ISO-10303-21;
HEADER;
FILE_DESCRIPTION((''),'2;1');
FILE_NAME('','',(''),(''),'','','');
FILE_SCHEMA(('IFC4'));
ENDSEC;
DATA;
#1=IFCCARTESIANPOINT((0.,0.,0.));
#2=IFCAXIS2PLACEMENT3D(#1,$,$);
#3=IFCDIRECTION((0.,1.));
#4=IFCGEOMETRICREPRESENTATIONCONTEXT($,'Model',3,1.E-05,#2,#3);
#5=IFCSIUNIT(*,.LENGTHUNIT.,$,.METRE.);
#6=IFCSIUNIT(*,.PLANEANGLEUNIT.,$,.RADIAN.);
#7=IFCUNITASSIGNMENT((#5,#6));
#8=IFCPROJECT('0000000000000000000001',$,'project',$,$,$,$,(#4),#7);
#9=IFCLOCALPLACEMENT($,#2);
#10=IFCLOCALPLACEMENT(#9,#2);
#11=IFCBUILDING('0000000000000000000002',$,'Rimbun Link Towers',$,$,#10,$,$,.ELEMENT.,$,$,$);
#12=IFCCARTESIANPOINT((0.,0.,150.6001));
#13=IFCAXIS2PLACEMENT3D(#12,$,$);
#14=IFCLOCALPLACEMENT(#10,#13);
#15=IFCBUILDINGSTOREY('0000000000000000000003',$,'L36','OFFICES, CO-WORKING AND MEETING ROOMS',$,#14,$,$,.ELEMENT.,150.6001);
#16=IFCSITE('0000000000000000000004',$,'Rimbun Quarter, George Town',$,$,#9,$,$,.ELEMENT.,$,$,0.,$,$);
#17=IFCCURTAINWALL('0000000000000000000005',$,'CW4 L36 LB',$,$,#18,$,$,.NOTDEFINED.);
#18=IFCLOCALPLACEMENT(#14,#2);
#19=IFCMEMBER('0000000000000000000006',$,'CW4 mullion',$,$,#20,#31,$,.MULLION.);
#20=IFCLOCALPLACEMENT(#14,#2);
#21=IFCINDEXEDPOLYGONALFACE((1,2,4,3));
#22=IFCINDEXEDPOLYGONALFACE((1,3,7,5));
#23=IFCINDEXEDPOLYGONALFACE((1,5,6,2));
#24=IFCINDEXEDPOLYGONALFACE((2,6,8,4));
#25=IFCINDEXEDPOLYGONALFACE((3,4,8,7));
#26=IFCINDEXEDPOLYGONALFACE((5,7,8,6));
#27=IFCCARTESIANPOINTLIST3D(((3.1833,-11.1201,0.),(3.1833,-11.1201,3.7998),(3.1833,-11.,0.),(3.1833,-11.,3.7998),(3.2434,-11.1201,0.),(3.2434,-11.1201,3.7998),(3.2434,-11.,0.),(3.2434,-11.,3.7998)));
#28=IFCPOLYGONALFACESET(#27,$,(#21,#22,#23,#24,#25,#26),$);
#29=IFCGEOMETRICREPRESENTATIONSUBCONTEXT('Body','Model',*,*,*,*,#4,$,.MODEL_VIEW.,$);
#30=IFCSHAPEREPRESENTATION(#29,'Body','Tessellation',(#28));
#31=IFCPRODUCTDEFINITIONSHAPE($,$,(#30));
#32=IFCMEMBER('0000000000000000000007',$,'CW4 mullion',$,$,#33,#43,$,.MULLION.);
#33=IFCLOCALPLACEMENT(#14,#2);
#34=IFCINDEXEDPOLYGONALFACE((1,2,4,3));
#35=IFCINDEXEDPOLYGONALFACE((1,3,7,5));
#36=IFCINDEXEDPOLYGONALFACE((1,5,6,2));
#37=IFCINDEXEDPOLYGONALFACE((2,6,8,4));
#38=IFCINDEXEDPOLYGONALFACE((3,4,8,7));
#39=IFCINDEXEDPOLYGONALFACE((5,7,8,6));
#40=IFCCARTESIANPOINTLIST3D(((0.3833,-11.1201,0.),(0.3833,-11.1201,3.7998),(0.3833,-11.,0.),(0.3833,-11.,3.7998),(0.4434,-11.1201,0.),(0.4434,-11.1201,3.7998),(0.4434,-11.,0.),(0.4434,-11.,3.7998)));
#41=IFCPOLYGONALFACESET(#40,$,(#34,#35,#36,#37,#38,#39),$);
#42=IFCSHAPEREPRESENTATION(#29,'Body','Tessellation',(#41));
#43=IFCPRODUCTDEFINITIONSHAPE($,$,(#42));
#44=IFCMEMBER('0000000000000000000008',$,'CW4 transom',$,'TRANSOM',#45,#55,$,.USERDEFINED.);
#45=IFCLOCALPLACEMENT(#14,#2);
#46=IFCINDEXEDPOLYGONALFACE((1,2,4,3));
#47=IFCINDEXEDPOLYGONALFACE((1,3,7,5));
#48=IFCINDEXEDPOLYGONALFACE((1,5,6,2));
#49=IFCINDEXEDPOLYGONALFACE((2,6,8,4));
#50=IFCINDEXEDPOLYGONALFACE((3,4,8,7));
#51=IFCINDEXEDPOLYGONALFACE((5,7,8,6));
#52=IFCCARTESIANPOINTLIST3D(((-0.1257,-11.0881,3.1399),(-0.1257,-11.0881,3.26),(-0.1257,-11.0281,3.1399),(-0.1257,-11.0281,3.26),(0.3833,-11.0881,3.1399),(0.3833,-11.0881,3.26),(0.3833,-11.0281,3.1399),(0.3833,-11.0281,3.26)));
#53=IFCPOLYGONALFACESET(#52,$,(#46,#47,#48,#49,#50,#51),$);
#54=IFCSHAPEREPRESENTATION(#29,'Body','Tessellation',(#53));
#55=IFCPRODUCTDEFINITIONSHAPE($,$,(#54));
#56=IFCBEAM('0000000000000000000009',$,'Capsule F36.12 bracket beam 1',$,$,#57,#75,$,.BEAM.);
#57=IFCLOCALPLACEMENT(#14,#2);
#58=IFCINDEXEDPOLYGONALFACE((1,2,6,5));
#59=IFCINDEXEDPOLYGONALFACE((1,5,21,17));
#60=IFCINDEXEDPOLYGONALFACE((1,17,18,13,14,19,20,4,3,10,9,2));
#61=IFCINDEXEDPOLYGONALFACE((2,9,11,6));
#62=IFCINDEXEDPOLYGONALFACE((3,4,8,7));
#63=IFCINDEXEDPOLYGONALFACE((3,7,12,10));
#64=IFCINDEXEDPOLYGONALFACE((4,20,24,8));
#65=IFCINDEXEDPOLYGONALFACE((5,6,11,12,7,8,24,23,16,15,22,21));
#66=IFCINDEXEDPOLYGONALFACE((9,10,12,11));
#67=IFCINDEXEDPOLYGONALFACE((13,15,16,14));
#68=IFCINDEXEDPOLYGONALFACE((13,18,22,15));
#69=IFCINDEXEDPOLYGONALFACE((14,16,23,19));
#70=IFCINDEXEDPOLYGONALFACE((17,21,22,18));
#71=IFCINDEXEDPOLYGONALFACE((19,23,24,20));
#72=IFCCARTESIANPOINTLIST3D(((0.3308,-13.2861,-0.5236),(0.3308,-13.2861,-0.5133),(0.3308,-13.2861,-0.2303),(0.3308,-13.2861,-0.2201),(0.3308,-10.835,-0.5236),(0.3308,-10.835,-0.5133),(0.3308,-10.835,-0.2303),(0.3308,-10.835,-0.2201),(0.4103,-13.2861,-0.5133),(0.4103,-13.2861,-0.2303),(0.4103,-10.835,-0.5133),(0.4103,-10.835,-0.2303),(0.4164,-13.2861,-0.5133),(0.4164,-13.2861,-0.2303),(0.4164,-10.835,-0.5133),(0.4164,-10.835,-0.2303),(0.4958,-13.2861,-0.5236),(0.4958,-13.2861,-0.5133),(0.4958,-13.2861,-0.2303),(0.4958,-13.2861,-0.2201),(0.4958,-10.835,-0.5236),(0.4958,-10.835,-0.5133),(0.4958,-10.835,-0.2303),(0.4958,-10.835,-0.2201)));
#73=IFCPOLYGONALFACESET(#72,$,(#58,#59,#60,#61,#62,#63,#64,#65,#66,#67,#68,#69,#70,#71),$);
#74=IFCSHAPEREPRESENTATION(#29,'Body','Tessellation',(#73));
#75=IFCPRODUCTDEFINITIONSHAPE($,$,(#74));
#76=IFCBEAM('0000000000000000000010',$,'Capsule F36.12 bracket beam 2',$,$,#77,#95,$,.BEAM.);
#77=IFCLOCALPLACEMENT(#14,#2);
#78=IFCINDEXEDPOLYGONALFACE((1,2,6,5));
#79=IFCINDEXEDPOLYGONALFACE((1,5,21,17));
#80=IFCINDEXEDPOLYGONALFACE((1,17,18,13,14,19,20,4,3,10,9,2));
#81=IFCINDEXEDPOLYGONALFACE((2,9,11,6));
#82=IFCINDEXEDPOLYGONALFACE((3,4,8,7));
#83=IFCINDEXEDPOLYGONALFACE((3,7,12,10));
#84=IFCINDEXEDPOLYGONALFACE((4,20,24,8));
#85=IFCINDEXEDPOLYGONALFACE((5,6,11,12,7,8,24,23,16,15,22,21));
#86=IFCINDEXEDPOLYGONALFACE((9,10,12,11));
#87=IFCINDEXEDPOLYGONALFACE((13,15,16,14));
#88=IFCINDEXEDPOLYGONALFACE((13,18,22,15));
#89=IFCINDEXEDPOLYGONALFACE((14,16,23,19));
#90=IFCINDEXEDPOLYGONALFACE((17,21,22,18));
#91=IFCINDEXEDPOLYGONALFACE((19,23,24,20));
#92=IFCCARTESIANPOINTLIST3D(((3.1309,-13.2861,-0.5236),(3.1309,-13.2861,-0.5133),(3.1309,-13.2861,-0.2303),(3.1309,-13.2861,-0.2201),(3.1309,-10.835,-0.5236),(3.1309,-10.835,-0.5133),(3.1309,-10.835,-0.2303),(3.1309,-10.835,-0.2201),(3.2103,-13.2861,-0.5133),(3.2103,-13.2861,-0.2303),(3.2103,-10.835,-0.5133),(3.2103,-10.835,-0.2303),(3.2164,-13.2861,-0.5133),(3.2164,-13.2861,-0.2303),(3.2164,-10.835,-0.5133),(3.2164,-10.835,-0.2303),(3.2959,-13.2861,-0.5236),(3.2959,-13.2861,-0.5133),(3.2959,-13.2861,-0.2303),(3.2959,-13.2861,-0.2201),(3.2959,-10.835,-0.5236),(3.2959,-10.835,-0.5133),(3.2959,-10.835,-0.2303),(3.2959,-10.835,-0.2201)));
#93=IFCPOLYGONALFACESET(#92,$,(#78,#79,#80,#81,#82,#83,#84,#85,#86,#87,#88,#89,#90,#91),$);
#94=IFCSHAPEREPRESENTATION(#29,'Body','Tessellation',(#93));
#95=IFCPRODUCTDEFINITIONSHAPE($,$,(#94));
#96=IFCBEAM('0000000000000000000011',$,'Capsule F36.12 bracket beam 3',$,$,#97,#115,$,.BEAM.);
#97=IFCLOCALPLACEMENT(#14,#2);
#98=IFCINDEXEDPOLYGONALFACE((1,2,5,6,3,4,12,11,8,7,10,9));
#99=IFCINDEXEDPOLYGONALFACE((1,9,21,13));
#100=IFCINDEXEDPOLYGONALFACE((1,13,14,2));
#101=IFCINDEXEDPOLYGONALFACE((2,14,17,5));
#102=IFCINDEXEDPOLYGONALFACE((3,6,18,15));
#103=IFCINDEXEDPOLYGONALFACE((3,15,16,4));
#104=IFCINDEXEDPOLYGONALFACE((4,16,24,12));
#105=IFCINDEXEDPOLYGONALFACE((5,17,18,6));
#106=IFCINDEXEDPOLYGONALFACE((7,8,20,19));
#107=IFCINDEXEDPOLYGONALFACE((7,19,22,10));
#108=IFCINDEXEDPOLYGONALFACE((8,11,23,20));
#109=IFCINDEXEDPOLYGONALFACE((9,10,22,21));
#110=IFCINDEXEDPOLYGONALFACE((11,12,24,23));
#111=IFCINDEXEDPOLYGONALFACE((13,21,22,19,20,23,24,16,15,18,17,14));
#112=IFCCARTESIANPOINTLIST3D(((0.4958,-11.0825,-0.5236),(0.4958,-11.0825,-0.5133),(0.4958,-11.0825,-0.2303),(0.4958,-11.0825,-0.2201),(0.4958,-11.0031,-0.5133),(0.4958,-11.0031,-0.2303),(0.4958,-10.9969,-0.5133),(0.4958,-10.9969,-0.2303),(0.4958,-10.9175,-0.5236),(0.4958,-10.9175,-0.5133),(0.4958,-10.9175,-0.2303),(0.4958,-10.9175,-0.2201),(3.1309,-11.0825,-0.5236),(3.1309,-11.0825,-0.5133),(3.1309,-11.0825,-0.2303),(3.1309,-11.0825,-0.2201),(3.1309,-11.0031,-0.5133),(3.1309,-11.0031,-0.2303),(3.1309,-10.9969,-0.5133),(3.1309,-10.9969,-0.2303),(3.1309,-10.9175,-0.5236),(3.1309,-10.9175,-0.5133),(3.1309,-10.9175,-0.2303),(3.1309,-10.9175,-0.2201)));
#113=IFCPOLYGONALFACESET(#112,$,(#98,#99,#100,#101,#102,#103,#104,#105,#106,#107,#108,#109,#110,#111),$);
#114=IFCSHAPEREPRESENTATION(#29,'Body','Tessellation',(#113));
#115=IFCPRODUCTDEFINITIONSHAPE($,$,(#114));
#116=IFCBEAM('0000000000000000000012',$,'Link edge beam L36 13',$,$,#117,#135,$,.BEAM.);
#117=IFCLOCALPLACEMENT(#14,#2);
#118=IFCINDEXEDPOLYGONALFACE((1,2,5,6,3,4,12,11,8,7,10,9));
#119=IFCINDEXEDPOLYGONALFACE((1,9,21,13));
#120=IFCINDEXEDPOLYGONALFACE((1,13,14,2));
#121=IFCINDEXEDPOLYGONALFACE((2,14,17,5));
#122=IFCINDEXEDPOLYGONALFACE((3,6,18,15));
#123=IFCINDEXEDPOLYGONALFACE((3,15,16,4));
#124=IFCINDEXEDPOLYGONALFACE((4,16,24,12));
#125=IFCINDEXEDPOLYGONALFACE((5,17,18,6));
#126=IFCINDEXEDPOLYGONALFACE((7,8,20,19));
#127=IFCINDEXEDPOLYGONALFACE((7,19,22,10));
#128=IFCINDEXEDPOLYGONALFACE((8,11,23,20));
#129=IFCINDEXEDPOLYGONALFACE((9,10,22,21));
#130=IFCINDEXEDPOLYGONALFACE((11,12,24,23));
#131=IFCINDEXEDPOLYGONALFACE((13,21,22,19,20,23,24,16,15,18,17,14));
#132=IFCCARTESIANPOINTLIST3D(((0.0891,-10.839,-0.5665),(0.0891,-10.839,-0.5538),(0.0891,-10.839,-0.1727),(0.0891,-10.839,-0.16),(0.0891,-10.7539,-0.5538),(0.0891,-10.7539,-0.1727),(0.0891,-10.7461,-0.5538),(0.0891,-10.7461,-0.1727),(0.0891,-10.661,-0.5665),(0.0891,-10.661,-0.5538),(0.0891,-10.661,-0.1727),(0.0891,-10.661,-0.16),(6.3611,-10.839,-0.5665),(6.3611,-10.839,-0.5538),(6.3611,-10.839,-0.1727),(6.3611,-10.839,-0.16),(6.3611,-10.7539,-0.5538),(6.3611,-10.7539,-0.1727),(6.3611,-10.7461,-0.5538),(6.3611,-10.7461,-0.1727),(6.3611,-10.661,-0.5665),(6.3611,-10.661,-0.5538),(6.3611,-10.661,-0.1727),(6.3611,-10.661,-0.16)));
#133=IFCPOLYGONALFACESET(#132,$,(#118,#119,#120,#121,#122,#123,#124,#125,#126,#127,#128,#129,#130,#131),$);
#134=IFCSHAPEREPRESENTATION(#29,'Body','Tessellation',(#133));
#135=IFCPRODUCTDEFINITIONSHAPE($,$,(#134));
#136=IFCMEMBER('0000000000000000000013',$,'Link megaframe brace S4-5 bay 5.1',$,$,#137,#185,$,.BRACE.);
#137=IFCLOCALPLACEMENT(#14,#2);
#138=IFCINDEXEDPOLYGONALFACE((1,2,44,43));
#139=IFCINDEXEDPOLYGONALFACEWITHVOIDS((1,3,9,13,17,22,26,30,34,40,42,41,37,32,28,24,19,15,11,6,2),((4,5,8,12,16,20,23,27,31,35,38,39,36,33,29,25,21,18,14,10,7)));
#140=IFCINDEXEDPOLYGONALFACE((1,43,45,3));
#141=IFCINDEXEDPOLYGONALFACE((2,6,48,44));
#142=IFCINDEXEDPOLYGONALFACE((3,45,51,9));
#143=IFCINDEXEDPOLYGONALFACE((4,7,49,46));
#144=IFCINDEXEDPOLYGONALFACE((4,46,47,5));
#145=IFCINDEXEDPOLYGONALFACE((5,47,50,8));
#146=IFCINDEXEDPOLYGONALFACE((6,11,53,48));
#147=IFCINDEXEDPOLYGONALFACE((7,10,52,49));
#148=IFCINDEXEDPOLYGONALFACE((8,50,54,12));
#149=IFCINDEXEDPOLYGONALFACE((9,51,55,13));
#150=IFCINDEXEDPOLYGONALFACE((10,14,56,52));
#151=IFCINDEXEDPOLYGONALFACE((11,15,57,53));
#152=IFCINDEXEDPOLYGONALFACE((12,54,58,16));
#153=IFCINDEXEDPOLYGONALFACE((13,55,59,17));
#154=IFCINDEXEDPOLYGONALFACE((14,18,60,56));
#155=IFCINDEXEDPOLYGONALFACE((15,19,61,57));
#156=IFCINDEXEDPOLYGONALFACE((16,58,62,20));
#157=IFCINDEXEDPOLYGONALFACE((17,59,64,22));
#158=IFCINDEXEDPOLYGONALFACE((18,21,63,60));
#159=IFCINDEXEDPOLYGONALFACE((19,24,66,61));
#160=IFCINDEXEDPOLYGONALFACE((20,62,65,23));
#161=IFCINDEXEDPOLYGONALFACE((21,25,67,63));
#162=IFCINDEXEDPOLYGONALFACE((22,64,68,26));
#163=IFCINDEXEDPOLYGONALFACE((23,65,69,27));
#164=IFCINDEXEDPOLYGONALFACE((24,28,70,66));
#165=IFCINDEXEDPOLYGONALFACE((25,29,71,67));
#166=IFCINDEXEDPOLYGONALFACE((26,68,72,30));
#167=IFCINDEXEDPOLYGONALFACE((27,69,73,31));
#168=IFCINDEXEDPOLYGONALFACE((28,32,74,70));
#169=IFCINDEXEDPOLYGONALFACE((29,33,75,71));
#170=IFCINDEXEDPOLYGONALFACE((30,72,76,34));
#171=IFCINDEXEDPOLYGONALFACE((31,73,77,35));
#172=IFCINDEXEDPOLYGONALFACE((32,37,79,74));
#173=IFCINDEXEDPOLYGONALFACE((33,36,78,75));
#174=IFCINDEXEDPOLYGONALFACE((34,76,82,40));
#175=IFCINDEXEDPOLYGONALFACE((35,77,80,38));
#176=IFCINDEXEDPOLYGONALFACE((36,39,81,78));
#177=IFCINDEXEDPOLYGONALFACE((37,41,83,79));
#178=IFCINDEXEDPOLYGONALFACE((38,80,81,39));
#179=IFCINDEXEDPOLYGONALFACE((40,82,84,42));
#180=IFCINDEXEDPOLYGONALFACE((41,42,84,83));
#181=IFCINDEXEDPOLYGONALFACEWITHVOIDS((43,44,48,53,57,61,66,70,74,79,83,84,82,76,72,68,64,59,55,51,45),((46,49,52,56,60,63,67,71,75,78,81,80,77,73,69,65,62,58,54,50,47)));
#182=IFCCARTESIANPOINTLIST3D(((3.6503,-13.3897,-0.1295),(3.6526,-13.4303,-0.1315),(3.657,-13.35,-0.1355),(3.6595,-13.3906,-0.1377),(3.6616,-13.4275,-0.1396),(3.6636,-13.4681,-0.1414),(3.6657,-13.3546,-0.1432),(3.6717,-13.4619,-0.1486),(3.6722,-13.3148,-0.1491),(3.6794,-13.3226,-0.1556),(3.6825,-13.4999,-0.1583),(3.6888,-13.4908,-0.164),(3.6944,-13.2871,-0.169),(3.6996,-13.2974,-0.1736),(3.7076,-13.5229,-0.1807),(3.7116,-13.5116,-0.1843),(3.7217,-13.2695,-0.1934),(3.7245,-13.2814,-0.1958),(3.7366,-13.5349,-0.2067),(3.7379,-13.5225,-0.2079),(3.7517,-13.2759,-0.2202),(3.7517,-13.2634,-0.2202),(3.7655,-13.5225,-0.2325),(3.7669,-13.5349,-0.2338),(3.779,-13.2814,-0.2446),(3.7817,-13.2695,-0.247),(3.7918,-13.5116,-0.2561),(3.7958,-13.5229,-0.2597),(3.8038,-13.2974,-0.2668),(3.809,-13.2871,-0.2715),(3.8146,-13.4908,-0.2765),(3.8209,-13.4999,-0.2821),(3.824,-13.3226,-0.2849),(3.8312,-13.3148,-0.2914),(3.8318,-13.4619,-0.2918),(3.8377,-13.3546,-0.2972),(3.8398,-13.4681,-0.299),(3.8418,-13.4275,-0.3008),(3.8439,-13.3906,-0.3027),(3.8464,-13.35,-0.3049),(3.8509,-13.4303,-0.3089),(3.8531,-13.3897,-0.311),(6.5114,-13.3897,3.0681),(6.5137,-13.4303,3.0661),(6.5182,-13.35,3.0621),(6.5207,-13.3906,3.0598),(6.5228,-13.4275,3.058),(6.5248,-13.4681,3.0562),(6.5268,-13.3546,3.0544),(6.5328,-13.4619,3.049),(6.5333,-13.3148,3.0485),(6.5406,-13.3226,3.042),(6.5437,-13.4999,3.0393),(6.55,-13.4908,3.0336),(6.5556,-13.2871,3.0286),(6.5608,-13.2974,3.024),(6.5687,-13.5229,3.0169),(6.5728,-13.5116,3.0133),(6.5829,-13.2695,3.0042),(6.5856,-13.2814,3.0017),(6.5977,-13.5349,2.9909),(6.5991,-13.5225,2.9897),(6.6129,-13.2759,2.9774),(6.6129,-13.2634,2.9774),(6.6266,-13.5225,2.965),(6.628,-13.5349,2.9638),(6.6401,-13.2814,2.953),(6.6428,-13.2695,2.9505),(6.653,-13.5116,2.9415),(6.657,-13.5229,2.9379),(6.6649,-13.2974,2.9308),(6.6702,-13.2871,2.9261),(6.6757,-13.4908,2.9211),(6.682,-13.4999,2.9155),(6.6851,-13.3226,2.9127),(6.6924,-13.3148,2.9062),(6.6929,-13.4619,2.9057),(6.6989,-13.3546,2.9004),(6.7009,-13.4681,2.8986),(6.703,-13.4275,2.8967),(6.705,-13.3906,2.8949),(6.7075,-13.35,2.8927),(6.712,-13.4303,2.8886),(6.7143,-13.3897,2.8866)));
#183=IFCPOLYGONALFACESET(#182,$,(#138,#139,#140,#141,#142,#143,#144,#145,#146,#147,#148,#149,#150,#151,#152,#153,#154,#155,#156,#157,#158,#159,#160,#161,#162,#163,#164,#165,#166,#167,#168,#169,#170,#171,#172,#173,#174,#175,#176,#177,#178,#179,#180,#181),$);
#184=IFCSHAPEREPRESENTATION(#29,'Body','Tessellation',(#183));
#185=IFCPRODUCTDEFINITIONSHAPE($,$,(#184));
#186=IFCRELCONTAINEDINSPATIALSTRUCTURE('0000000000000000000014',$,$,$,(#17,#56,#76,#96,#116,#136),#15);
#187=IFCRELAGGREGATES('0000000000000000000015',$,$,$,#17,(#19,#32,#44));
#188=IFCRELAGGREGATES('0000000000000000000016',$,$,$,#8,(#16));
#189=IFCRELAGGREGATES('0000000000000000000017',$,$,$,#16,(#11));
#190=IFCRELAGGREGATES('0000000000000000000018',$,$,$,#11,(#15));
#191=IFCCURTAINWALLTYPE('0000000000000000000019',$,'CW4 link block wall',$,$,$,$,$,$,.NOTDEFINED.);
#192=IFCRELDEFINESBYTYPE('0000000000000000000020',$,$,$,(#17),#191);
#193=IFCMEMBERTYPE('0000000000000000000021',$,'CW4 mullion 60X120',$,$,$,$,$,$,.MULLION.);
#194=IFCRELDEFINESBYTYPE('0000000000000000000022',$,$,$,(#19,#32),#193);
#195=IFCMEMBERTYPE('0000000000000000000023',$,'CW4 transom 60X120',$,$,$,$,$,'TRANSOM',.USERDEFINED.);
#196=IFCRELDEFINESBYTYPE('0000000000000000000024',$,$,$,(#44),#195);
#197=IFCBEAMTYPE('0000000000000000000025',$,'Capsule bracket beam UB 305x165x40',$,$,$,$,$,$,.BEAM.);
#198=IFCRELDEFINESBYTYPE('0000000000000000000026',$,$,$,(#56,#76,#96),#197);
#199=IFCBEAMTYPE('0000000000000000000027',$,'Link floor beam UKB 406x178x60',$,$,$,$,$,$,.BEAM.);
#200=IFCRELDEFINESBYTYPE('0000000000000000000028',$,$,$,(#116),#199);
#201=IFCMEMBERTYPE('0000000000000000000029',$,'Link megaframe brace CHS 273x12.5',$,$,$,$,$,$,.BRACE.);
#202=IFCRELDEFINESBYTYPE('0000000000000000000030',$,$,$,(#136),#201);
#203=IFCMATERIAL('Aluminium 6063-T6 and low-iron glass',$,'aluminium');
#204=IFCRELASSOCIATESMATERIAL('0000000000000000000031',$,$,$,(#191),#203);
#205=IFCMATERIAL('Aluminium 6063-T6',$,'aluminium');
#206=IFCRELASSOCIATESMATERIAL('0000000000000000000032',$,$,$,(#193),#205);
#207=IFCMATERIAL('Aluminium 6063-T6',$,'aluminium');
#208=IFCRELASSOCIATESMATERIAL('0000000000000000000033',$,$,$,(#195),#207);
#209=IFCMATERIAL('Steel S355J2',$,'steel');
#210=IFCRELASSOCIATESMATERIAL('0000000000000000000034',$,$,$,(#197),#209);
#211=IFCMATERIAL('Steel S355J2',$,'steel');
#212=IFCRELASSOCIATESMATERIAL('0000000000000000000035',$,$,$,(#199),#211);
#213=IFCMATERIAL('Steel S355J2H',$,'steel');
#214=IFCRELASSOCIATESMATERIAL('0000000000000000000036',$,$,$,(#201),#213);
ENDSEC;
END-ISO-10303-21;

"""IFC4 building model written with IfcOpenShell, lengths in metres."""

from ifc_helpers import new_model, si_unit, direction, frame, origin, origin_2d, place, context, subcontext, project, spatial, rectangle, hollow_circle, i_section, extrude, material, material_profile, profile_set, type_object, element, aggregate, save


model = new_model("IFC4")

# Units and contexts
model_context = context("Model", 3, precision=1e-05, world=origin(), true_north=direction((0.0, 1.0)))
body_context = subcontext(model_context, "Body", "Model", "MODEL_VIEW")
ifc_project = project(units=[si_unit("LENGTHUNIT", "METRE"), si_unit("PLANEANGLEUNIT", "RADIAN")], contexts=[model_context])

# Site, building, storey
site_placement = place(None, origin())
site = spatial("IfcSite", under=ifc_project, at=site_placement, Name="Rimbun Quarter, George Town", CompositionType="ELEMENT", RefElevation=0.0)
building_placement = place(site_placement, origin())
building = spatial("IfcBuilding", under=site, at=building_placement, Name="Rimbun Link Towers", CompositionType="ELEMENT")
storey_placement = place(building_placement, frame((0.0, 0.0, 150.6001)))
storey = spatial("IfcBuildingStorey", under=building, at=storey_placement, Name="L36", Description="OFFICES, CO-WORKING AND MEETING ROOMS", CompositionType="ELEMENT", Elevation=150.6001)

# Curtain wall, members
ifc_material_1 = material(Name="Aluminium 6063-T6 and low-iron glass", Category="aluminium")
curtain_wall_type = type_object("IfcCurtainWallType", Name="CW4 link block wall", PredefinedType="NOTDEFINED", material=ifc_material_1)
curtain_wall_placement = place(storey_placement, origin())
curtain_wall = element("IfcCurtainWall", 1, at=curtain_wall_placement, inside=storey, type_object=curtain_wall_type, Name="CW4 L36 LB", PredefinedType="NOTDEFINED")
ifc_material_2 = material(Name="Aluminium 6063-T6", Category="aluminium")
ifc_material_profile_1 = material_profile(ifc_material_2, rectangle(XDim=0.1201, YDim=0.0601, at=origin_2d()), Name="MULLION 60X120")
ifc_profile_set_1 = profile_set([ifc_material_profile_1], Name="Aluminium 6063-T6")
member_type_1 = type_object("IfcMemberType", Name="CW4 mullion 60X120", PredefinedType="MULLION", material=ifc_profile_set_1)
member_1_placement = place(storey_placement, frame((3.2134, -11.0601, 0.0), z_axis=(0.0, 0.0, 1.0), x_axis=(0.0, -1.0, 0.0)))
member_1 = element("IfcMember", 2, at=member_1_placement, type_object=member_type_1, Name="CW4 mullion", PredefinedType="MULLION", context=body_context, shape_type="SweptSolid", body=[
    extrude(rectangle(XDim=0.1201, YDim=0.0601, at=origin_2d()), origin(), (0.0, 0.0, 1.0), 3.7998),
])
member_2_placement = place(storey_placement, frame((0.4133, -11.0601, 0.0), z_axis=(0.0, 0.0, 1.0), x_axis=(0.0, -1.0, 0.0)))
member_2 = element("IfcMember", 3, at=member_2_placement, type_object=member_type_1, Name="CW4 mullion", PredefinedType="MULLION", context=body_context, shape_type="SweptSolid", body=[
    extrude(rectangle(XDim=0.1201, YDim=0.0601, at=origin_2d()), origin(), (0.0, 0.0, 1.0), 3.7998),
])
ifc_material_3 = material(Name="Aluminium 6063-T6", Category="aluminium")
ifc_material_profile_2 = material_profile(ifc_material_3, rectangle(XDim=0.0601, YDim=0.1201, at=origin_2d()), Name="TRANSOM 60X120")
ifc_profile_set_2 = profile_set([ifc_material_profile_2], Name="Aluminium 6063-T6")
member_type_2 = type_object("IfcMemberType", Name="CW4 transom 60X120", ElementType="TRANSOM", PredefinedType="USERDEFINED", material=ifc_profile_set_2)
member_3_placement = place(storey_placement, frame((0.3833, -11.0581, 3.2), z_axis=(-1.0, 0.0, 0.0), x_axis=(0.0, -1.0, 0.0)))
member_3 = element("IfcMember", 4, at=member_3_placement, type_object=member_type_2, Name="CW4 transom", ObjectType="TRANSOM", PredefinedType="USERDEFINED", context=body_context, shape_type="SweptSolid", body=[
    extrude(rectangle(XDim=0.0601, YDim=0.1201, at=origin_2d()), origin(), (0.0, 0.0, 1.0), 0.509),
])

# Beams
ifc_material_4 = material(Name="Steel S355J2", Category="steel")
ifc_material_profile_3 = material_profile(ifc_material_4, i_section(OverallWidth=0.165, OverallDepth=0.3035, WebThickness=0.0061, FlangeThickness=0.0103, at=origin_2d()), Name="UB 305x165x40")
ifc_profile_set_3 = profile_set([ifc_material_profile_3], Name="Steel S355J2")
beam_type_1 = type_object("IfcBeamType", Name="Capsule bracket beam UB 305x165x40", PredefinedType="BEAM", material=ifc_profile_set_3)
for number, where, z_axis, x_axis, name in (
    (5, (0.4133, -10.835, -0.3718), (0.0, -1.0, 0.0), (1.0, 0.0, 0.0), "Capsule F36.12 bracket beam 1"),
    (6, (3.2134, -10.835, -0.3718), (0.0, -1.0, 0.0), (1.0, 0.0, 0.0), "Capsule F36.12 bracket beam 2"),
):
    element("IfcBeam", number, at=place(storey_placement, frame(where, z_axis=z_axis, x_axis=x_axis)), inside=storey, type_object=beam_type_1, Name=name, PredefinedType="BEAM", context=body_context, shape_type="SweptSolid", body=[
        extrude(i_section(OverallWidth=0.165, OverallDepth=0.3035, WebThickness=0.0061, FlangeThickness=0.0103, at=origin_2d()), origin(), (0.0, 0.0, 1.0), 2.4512),
    ])
beam_1_placement = place(storey_placement, frame((0.4958, -11.0, -0.3718), z_axis=(1.0, 0.0, 0.0), x_axis=(0.0, 1.0, 0.0)))
element("IfcBeam", 7, at=beam_1_placement, inside=storey, type_object=beam_type_1, Name="Capsule F36.12 bracket beam 3", PredefinedType="BEAM", context=body_context, shape_type="SweptSolid", body=[
    extrude(i_section(OverallWidth=0.165, OverallDepth=0.3035, WebThickness=0.0061, FlangeThickness=0.0103, at=origin_2d()), origin(), (0.0, 0.0, 1.0), 2.635),
])
ifc_material_5 = material(Name="Steel S355J2", Category="steel")
ifc_material_profile_4 = material_profile(ifc_material_5, i_section(OverallWidth=0.178, OverallDepth=0.4065, WebThickness=0.0078, FlangeThickness=0.0127, at=origin_2d()), Name="UKB 406x178x60")
ifc_profile_set_4 = profile_set([ifc_material_profile_4], Name="Steel S355J2")
beam_type_2 = type_object("IfcBeamType", Name="Link floor beam UKB 406x178x60", PredefinedType="BEAM", material=ifc_profile_set_4)
beam_2_placement = place(storey_placement, frame((0.0891, -10.75, -0.3633), z_axis=(1.0, 0.0, 0.0), x_axis=(0.0, 1.0, 0.0)))
element("IfcBeam", 8, at=beam_2_placement, inside=storey, type_object=beam_type_2, Name="Link edge beam L36 13", PredefinedType="BEAM", context=body_context, shape_type="SweptSolid", body=[
    extrude(i_section(OverallWidth=0.178, OverallDepth=0.4065, WebThickness=0.0078, FlangeThickness=0.0127, at=origin_2d()), origin(), (0.0, 0.0, 1.0), 6.272),
])

# Member
ifc_material_6 = material(Name="Steel S355J2H", Category="steel")
ifc_material_profile_5 = material_profile(ifc_material_6, hollow_circle(Radius=0.1365, WallThickness=0.0125, at=origin_2d()), Name="CHS 273x12.5")
ifc_profile_set_5 = profile_set([ifc_material_profile_5], Name="Steel S355J2H")
member_type_3 = type_object("IfcMemberType", Name="Link megaframe brace CHS 273x12.5", PredefinedType="BRACE", material=ifc_profile_set_5)
member_4_placement = place(storey_placement, frame((3.7517, -13.3999, -0.2202), z_axis=(0.666815, 0.0, 0.745223), x_axis=(0.0, 1.0, 0.0)))
element("IfcMember", 9, at=member_4_placement, inside=storey, type_object=member_type_3, Name="Link megaframe brace S4-5 bay 5.1", PredefinedType="BRACE", context=body_context, shape_type="SweptSolid", body=[
    extrude(hollow_circle(Radius=0.1365, WallThickness=0.0125, at=origin_2d()), origin(), (0.0, 0.0, 1.0), 4.2908),
])

aggregate(curtain_wall, [member_1, member_2, member_3])

save(model, "model.ifc")
